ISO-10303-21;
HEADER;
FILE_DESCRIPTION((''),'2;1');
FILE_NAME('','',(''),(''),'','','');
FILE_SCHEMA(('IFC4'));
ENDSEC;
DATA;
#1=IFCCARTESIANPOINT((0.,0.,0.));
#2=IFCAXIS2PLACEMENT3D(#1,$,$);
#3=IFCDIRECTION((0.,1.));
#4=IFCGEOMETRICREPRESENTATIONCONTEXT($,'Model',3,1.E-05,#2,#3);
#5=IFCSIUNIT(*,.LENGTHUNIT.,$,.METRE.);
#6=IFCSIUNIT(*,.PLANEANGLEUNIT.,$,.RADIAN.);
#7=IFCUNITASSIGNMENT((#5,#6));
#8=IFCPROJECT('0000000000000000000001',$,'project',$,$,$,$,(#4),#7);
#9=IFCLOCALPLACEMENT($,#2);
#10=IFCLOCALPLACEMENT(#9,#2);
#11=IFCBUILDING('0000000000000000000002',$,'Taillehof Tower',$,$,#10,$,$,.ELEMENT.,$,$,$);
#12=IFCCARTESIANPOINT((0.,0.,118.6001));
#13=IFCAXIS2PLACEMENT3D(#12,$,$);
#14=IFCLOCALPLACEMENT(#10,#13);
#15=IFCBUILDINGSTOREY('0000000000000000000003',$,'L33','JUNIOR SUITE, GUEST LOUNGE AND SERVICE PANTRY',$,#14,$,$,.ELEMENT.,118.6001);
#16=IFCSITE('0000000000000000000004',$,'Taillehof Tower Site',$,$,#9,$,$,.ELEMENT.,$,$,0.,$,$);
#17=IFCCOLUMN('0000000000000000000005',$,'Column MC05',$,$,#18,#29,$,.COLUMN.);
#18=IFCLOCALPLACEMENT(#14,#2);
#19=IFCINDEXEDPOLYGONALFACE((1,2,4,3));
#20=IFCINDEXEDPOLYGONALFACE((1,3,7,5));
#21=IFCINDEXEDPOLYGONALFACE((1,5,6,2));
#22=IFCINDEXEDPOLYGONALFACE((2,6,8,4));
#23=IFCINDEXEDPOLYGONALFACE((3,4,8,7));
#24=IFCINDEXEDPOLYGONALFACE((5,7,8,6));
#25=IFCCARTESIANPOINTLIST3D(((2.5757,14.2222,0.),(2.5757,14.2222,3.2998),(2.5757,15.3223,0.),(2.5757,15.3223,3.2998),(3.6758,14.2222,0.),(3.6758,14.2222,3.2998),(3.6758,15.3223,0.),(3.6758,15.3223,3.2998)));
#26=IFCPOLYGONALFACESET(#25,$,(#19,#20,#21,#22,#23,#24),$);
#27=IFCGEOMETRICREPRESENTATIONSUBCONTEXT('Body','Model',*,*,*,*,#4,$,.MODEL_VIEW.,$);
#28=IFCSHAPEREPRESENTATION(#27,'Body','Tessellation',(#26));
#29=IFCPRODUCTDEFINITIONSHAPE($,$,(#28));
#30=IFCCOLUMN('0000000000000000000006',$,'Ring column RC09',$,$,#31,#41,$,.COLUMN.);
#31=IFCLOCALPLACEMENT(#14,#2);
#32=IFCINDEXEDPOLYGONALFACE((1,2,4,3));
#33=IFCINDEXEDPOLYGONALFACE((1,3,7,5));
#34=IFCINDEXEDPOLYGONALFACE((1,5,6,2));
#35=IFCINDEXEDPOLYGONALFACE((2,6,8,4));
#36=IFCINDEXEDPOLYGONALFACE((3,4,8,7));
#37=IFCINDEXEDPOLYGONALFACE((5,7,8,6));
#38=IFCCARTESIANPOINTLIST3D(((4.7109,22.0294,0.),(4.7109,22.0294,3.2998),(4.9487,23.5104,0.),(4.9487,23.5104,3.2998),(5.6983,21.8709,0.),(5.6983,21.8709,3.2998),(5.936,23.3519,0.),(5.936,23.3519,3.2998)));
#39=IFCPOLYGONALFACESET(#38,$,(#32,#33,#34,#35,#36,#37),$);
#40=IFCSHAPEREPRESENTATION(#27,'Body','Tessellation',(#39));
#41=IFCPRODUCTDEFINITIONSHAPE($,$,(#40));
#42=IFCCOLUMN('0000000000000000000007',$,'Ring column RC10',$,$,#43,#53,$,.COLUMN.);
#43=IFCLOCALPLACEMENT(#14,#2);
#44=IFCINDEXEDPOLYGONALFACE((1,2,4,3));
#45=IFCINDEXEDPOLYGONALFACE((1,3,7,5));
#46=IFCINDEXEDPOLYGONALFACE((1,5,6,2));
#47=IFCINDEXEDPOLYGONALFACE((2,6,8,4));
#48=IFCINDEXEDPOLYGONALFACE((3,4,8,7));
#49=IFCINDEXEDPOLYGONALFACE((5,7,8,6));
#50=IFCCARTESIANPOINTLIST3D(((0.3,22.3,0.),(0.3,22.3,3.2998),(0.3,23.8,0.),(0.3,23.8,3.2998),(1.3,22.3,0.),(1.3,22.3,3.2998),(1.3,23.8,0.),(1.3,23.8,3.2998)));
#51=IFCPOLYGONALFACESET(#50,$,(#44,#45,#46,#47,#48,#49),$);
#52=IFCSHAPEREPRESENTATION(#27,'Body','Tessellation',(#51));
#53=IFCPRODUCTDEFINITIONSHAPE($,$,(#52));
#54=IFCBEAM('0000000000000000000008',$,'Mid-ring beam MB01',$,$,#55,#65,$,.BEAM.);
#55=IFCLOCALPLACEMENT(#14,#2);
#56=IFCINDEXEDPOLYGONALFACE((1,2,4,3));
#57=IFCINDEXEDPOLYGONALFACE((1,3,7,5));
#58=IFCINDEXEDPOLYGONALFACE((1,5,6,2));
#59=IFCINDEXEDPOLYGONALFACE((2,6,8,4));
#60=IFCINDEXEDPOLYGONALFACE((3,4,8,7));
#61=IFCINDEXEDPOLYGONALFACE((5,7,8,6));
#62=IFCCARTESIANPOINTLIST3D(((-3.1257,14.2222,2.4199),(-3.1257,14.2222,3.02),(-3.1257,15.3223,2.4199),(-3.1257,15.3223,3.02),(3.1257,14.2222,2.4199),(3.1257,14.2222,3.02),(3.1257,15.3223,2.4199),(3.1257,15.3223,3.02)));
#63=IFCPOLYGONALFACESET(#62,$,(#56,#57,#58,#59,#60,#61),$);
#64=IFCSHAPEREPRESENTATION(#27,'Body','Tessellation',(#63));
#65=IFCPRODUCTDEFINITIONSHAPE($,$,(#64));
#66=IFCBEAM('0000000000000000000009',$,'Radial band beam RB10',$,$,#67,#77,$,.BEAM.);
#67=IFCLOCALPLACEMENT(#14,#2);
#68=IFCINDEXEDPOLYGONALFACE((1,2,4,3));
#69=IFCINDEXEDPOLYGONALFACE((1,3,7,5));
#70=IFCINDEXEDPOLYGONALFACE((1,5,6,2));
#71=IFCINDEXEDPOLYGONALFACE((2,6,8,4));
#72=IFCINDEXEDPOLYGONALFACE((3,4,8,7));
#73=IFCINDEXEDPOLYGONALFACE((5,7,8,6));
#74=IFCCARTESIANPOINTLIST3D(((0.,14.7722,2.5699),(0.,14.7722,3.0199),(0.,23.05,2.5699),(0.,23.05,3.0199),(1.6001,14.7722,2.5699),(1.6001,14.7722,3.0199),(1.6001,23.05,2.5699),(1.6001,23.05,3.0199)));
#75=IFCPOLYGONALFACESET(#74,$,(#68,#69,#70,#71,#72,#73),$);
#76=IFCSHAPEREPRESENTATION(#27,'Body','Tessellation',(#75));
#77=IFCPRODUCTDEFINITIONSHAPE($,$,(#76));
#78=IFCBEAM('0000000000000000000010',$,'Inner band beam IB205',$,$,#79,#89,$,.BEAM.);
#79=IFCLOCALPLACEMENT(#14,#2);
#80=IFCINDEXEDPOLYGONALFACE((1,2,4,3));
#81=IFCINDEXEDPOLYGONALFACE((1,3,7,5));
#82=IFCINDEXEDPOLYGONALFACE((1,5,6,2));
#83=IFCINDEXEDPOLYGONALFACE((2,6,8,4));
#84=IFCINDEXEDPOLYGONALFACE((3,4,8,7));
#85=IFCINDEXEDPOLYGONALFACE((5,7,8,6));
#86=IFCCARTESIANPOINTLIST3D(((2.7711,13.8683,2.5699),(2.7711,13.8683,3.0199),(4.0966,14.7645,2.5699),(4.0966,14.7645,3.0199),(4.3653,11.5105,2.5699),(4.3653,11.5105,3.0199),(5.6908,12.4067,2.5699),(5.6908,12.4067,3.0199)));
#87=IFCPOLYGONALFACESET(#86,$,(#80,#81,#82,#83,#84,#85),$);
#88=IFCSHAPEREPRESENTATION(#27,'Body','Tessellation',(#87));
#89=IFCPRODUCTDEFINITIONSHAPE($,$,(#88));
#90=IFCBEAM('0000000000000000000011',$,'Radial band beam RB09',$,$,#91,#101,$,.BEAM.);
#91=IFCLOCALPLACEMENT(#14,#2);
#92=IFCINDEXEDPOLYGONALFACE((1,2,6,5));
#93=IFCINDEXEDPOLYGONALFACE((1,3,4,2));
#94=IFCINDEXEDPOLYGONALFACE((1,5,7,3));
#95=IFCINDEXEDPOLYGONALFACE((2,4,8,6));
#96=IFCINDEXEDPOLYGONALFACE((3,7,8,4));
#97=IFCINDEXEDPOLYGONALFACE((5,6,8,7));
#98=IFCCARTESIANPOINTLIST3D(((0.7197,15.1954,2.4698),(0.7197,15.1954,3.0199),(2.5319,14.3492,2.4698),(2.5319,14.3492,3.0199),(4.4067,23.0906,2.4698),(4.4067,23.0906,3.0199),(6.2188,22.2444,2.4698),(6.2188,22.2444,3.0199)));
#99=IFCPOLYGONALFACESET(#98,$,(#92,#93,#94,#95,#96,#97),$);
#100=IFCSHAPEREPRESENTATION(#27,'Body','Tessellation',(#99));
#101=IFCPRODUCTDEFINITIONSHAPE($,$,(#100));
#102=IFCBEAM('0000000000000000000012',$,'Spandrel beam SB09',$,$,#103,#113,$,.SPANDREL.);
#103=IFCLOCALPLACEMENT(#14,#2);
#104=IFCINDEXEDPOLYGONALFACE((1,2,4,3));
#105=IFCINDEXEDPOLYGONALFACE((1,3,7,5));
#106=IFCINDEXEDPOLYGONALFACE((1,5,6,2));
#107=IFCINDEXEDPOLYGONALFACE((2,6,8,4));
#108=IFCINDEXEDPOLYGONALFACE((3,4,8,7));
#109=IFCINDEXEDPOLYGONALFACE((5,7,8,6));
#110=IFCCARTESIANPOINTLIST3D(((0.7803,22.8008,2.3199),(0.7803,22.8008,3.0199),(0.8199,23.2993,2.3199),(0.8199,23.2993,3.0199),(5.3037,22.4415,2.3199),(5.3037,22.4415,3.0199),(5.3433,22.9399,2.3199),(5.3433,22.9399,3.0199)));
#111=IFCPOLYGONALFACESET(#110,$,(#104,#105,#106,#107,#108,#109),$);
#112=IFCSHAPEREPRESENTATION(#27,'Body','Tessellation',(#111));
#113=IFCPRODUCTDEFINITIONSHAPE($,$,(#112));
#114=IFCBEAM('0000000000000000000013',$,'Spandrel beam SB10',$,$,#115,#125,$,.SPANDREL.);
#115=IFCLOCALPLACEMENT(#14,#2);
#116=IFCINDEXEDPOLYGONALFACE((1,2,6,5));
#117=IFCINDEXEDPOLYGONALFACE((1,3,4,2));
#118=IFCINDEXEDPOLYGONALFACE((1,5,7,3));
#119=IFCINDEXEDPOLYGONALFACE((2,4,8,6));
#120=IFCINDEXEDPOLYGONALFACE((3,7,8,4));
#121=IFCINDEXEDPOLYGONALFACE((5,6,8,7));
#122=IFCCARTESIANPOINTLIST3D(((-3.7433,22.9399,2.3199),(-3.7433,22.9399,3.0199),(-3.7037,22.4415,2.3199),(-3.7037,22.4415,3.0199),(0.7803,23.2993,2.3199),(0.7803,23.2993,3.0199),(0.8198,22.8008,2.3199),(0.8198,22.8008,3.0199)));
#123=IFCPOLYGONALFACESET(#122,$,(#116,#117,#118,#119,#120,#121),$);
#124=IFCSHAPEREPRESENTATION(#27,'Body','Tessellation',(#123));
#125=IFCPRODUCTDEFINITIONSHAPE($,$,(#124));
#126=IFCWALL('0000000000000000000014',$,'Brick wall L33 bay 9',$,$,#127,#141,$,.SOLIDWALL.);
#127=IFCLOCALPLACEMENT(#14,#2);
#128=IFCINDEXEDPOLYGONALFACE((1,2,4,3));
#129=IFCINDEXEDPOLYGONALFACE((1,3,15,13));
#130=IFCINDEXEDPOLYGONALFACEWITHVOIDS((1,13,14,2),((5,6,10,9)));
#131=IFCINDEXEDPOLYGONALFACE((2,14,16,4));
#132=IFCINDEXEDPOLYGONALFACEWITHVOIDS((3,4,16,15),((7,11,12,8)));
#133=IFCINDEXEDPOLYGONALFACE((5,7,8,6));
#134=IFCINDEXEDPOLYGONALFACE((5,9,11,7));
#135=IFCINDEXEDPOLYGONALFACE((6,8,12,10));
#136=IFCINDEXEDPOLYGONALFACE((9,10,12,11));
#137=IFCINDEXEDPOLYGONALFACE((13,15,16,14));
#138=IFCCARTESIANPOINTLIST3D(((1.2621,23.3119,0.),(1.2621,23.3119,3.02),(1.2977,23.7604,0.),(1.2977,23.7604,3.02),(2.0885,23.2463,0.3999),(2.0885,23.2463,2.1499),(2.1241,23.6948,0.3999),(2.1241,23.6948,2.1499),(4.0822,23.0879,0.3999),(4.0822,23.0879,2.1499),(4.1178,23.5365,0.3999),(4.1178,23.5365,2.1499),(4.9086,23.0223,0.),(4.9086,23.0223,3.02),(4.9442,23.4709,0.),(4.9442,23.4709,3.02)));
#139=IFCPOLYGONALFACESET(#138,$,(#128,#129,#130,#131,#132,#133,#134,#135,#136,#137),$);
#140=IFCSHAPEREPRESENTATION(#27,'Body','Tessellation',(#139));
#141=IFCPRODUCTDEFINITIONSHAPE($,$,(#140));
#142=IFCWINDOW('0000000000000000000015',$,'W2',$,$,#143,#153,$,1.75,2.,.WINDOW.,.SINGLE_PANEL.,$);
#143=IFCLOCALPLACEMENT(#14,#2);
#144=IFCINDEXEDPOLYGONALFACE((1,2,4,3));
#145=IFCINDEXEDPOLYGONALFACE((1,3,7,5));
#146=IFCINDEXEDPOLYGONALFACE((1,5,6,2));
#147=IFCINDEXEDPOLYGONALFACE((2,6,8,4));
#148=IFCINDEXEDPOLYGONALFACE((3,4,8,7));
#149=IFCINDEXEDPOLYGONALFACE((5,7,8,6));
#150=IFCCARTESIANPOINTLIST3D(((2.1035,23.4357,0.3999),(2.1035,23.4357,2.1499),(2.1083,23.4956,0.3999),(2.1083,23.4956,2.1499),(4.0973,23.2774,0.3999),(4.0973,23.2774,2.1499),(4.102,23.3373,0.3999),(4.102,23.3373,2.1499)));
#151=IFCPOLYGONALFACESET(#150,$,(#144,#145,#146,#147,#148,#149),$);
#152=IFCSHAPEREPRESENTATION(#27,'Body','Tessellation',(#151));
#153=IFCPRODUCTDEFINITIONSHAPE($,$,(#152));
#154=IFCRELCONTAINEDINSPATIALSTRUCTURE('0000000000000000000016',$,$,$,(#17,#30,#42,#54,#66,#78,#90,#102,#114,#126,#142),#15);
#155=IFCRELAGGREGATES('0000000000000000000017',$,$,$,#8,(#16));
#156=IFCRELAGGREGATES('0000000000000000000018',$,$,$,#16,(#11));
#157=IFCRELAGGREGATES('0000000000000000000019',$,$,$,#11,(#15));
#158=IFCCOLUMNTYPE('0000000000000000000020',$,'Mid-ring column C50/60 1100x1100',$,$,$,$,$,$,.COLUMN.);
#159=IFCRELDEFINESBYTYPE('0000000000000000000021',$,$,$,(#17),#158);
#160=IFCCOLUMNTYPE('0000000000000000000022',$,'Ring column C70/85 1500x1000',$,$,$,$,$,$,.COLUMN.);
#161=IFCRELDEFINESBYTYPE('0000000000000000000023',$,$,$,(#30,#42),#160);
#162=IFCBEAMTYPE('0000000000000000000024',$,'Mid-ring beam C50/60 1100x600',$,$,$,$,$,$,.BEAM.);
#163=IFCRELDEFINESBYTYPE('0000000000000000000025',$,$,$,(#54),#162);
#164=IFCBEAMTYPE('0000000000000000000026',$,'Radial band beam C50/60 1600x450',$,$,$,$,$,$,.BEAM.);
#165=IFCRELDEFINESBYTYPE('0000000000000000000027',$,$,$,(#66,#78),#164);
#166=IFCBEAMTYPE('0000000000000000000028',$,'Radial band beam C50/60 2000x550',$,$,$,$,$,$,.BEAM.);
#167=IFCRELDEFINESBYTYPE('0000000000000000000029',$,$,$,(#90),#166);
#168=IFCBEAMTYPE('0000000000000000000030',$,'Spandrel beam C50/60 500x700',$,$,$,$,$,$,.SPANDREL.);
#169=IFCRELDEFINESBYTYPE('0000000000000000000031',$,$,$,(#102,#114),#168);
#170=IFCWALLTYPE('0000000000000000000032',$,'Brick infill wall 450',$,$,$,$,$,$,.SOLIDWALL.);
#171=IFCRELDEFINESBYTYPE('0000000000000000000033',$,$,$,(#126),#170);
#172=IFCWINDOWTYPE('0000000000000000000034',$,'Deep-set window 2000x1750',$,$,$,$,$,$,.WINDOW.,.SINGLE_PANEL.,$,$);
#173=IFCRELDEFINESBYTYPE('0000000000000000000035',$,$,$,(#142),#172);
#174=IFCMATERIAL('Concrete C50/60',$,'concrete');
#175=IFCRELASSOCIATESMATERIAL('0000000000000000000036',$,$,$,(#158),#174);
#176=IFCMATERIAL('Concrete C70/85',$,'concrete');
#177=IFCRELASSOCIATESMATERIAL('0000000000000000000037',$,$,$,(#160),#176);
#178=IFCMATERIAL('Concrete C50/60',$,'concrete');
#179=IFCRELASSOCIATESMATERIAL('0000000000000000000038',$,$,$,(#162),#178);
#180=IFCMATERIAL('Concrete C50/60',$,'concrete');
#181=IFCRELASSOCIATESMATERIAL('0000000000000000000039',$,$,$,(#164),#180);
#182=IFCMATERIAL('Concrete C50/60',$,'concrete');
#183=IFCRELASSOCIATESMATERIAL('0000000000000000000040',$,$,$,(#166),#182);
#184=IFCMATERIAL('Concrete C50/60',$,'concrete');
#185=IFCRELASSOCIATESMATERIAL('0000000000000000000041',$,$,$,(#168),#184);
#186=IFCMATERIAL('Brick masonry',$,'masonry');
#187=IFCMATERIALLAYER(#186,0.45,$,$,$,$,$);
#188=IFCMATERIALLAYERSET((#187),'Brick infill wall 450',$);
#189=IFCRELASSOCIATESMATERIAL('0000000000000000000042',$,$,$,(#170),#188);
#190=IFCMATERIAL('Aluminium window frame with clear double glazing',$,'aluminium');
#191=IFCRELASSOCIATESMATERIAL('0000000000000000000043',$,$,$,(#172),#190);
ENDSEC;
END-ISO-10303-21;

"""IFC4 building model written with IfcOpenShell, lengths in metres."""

from ifc_helpers import new_model, si_unit, direction, frame, frame_2d, origin, origin_2d, place, context, subcontext, project, spatial, rectangle, extrude, material, layer, layer_set, material_profile, profile_set, type_object, element, fill, save


model = new_model("IFC4")

# Units and contexts
model_context = context("Model", 3, precision=1e-05, world=origin(), true_north=direction((0.0, 1.0)))
body_context = subcontext(model_context, "Body", "Model", "MODEL_VIEW")
ifc_project = project(units=[si_unit("LENGTHUNIT", "METRE"), si_unit("PLANEANGLEUNIT", "RADIAN")], contexts=[model_context])

# Site, building, storey
site_placement = place(None, origin())
site = spatial("IfcSite", under=ifc_project, at=site_placement, Name="Taillehof Tower Site", CompositionType="ELEMENT", RefElevation=0.0)
building_placement = place(site_placement, origin())
building = spatial("IfcBuilding", under=site, at=building_placement, Name="Taillehof Tower", CompositionType="ELEMENT")
storey_placement = place(building_placement, frame((0.0, 0.0, 118.6001)))
storey = spatial("IfcBuildingStorey", under=building, at=storey_placement, Name="L33", Description="JUNIOR SUITE, GUEST LOUNGE AND SERVICE PANTRY", CompositionType="ELEMENT", Elevation=118.6001)

# Columns
ifc_material_1 = material(Name="Concrete C50/60", Category="concrete")
ifc_material_profile_1 = material_profile(ifc_material_1, rectangle(XDim=1.1001, YDim=1.1001, at=origin_2d()), Name="RC 1100x1100")
ifc_profile_set_1 = profile_set([ifc_material_profile_1], Name="Concrete C50/60")
column_type_1 = type_object("IfcColumnType", Name="Mid-ring column C50/60 1100x1100", PredefinedType="COLUMN", material=ifc_profile_set_1)
column_placement = place(storey_placement, frame((3.1257, 14.7722, 0.0), z_axis=(0.0, 0.0, 1.0), x_axis=(1.0, 0.0, 0.0)))
element("IfcColumn", 1, at=column_placement, inside=storey, type_object=column_type_1, Name="Column MC05", PredefinedType="COLUMN", context=body_context, shape_type="SweptSolid", body=[
    extrude(rectangle(XDim=1.1001, YDim=1.1001, at=origin_2d()), origin(), (0.0, 0.0, 1.0), 3.2998),
])
ifc_material_2 = material(Name="Concrete C70/85", Category="concrete")
ifc_material_profile_2 = material_profile(ifc_material_2, rectangle(XDim=1.5, YDim=1.0, at=origin_2d()), Name="RC 1500x1000")
ifc_profile_set_2 = profile_set([ifc_material_profile_2], Name="Concrete C70/85")
column_type_2 = type_object("IfcColumnType", Name="Ring column C70/85 1500x1000", PredefinedType="COLUMN", material=ifc_profile_set_2)
for number, where, z_axis, x_axis, name in (
    (2, (5.3235, 22.6907, 0.0), (0.0, 0.0, 1.0), (0.158507, 0.987358, 0.0), "Ring column RC09"),
    (3, (0.8, 23.05, 0.0), (0.0, 0.0, 1.0), (0.0, 1.0, 0.0), "Ring column RC10"),
):
    element("IfcColumn", number, at=place(storey_placement, frame(where, z_axis=z_axis, x_axis=x_axis)), inside=storey, type_object=column_type_2, Name=name, PredefinedType="COLUMN", context=body_context, shape_type="SweptSolid", body=[
        extrude(rectangle(XDim=1.5, YDim=1.0, at=origin_2d()), origin(), (0.0, 0.0, 1.0), 3.2998),
    ])

# Beams
ifc_material_3 = material(Name="Concrete C50/60", Category="concrete")
ifc_material_profile_3 = material_profile(ifc_material_3, rectangle(XDim=1.1001, YDim=0.6001, at=origin_2d()), Name="RC 1100x600")
ifc_profile_set_3 = profile_set([ifc_material_profile_3], Name="Concrete C50/60")
beam_type_1 = type_object("IfcBeamType", Name="Mid-ring beam C50/60 1100x600", PredefinedType="BEAM", material=ifc_profile_set_3)
beam_1_placement = place(storey_placement, frame((3.1257, 14.7722, 2.72), z_axis=(-1.0, 0.0, 0.0), x_axis=(0.0, -1.0, 0.0)))
element("IfcBeam", 4, at=beam_1_placement, inside=storey, type_object=beam_type_1, Name="Mid-ring beam MB01", PredefinedType="BEAM", context=body_context, shape_type="SweptSolid", body=[
    extrude(rectangle(XDim=1.1001, YDim=0.6001, at=origin_2d()), origin(), (0.0, 0.0, 1.0), 6.2515),
])
ifc_material_4 = material(Name="Concrete C50/60", Category="concrete")
ifc_material_profile_4 = material_profile(ifc_material_4, rectangle(XDim=1.6001, YDim=0.45, at=origin_2d()), Name="RC 1600x450")
ifc_profile_set_4 = profile_set([ifc_material_profile_4], Name="Concrete C50/60")
beam_type_2 = type_object("IfcBeamType", Name="Radial band beam C50/60 1600x450", PredefinedType="BEAM", material=ifc_profile_set_4)
beam_2_placement = place(storey_placement, frame((0.8, 23.05, 2.7949), z_axis=(0.0, -1.0, 0.0), x_axis=(1.0, 0.0, 0.0)))
element("IfcBeam", 5, at=beam_2_placement, inside=storey, type_object=beam_type_2, Name="Radial band beam RB10", PredefinedType="BEAM", context=body_context, shape_type="SweptSolid", body=[
    extrude(rectangle(XDim=1.6001, YDim=0.45, at=origin_2d()), origin(), (0.0, 0.0, 1.0), 8.2778),
])
beam_3_placement = place(storey_placement, frame((3.4338, 14.3164, 2.7949), z_axis=(0.560112, -0.828417, 0.0), x_axis=(0.828417, 0.560112, 0.0)))
element("IfcBeam", 6, at=beam_3_placement, inside=storey, type_object=beam_type_2, Name="Inner band beam IB205", PredefinedType="BEAM", context=body_context, shape_type="SweptSolid", body=[
    extrude(rectangle(XDim=1.6001, YDim=0.45, at=origin_2d()), origin(), (0.0, 0.0, 1.0), 2.8462),
])
ifc_material_5 = material(Name="Concrete C50/60", Category="concrete")
ifc_material_profile_5 = material_profile(ifc_material_5, rectangle(XDim=2.0, YDim=0.55, at=origin_2d()), Name="RC 2000x550")
ifc_profile_set_5 = profile_set([ifc_material_profile_5], Name="Concrete C50/60")
beam_type_3 = type_object("IfcBeamType", Name="Radial band beam C50/60 2000x550", PredefinedType="BEAM", material=ifc_profile_set_5)
beam_4_placement = place(storey_placement, frame((5.3127, 22.6675, 2.7449), z_axis=(-0.423126, -0.906071, 0.0), x_axis=(0.906071, -0.423126, 0.0)))
element("IfcBeam", 7, at=beam_4_placement, inside=storey, type_object=beam_type_3, Name="Radial band beam RB09", PredefinedType="BEAM", context=body_context, shape_type="SweptSolid", body=[
    extrude(rectangle(XDim=2.0, YDim=0.55, at=origin_2d()), origin(), (0.0, 0.0, 1.0), 8.7136),
])
ifc_material_6 = material(Name="Concrete C50/60", Category="concrete")
ifc_material_profile_6 = material_profile(ifc_material_6, rectangle(XDim=0.5, YDim=0.7, at=origin_2d()), Name="RC 500x700")
ifc_profile_set_6 = profile_set([ifc_material_profile_6], Name="Concrete C50/60")
beam_type_4 = type_object("IfcBeamType", Name="Spandrel beam C50/60 500x700", PredefinedType="SPANDREL", material=ifc_profile_set_6)
beam_5_placement = place(storey_placement, frame((5.3235, 22.6907, 2.6699), z_axis=(-0.996859, 0.079198, 0.0), x_axis=(-0.079198, -0.996859, 0.0)))
element("IfcBeam", 8, at=beam_5_placement, inside=storey, type_object=beam_type_4, Name="Spandrel beam SB09", PredefinedType="SPANDREL", context=body_context, shape_type="SweptSolid", body=[
    extrude(rectangle(XDim=0.5, YDim=0.7, at=origin_2d()), origin(), (0.0, 0.0, 1.0), 4.5376),
])
beam_6_placement = place(storey_placement, frame((0.8, 23.05, 2.6699), z_axis=(-0.996859, -0.079194, 0.0), x_axis=(0.079194, -0.996859, 0.0)))
element("IfcBeam", 9, at=beam_6_placement, inside=storey, type_object=beam_type_4, Name="Spandrel beam SB10", PredefinedType="SPANDREL", context=body_context, shape_type="SweptSolid", body=[
    extrude(rectangle(XDim=0.5, YDim=0.7, at=origin_2d()), origin(), (0.0, 0.0, 1.0), 4.5378),
])

# Wall, opening, window
ifc_material_7 = material(Name="Brick masonry", Category="masonry")
ifc_layer_1 = layer(ifc_material_7, 0.45)
ifc_layer_set_1 = layer_set([ifc_layer_1], Name="Brick infill wall 450")
wall_type_1 = type_object("IfcWallType", Name="Brick infill wall 450", PredefinedType="SOLIDWALL", material=ifc_layer_set_1)
wall_1_placement = place(storey_placement, frame((4.9265, 23.2466, 0.0), z_axis=(0.0, 0.0, 1.0), x_axis=(-0.996862, 0.079156, 0.0)))
wall_1 = element("IfcWall", 10, at=wall_1_placement, inside=storey, type_object=wall_type_1, Name="Brick wall L33 bay 9", PredefinedType="SOLIDWALL", context=body_context, shape_type="SweptSolid", body=[
    extrude(rectangle(XDim=3.658, YDim=0.45, at=frame_2d((1.8291, 0.0))), origin(), (0.0, 0.0, 1.0), 3.02),
])
opening_1_placement = place(wall_1_placement, frame((0.8291, 0.0, 0.3999)))
opening_1 = element("IfcOpeningElement", 11, at=opening_1_placement, cuts=wall_1, PredefinedType="OPENING", context=body_context, shape_type="SweptSolid", body=[
    extrude(rectangle(XDim=2.0, YDim=1.75, at=frame_2d((1.0, 0.875))), frame((0.0, 0.2349, 0.0), z_axis=(0.0, -1.0, 0.0), x_axis=(1.0, 0.0, 0.0)), (0.0, 0.0, 1.0), 0.47),
])
ifc_material_8 = material(Name="Aluminium window frame with clear double glazing", Category="aluminium")
window_type = type_object("IfcWindowType", Name="Deep-set window 2000x1750", PartitioningType="SINGLE_PANEL", PredefinedType="WINDOW", material=ifc_material_8)
window_1_placement = place(opening_1_placement, origin())
window_1 = element("IfcWindow", 12, at=window_1_placement, inside=storey, type_object=window_type, Name="W2", OverallHeight=1.75, OverallWidth=2.0, PartitioningType="SINGLE_PANEL", PredefinedType="WINDOW", context=body_context, shape_type="SweptSolid", body=[
    extrude(rectangle(XDim=2.0, YDim=1.75, at=frame_2d((1.0, 0.875))), frame((0.0, 0.0349, 0.0), z_axis=(0.0, -1.0, 0.0), x_axis=(1.0, 0.0, 0.0)), (0.0, 0.0, 1.0), 0.0601),
])
fill(opening_1, window_1)

save(model, "model.ifc")
